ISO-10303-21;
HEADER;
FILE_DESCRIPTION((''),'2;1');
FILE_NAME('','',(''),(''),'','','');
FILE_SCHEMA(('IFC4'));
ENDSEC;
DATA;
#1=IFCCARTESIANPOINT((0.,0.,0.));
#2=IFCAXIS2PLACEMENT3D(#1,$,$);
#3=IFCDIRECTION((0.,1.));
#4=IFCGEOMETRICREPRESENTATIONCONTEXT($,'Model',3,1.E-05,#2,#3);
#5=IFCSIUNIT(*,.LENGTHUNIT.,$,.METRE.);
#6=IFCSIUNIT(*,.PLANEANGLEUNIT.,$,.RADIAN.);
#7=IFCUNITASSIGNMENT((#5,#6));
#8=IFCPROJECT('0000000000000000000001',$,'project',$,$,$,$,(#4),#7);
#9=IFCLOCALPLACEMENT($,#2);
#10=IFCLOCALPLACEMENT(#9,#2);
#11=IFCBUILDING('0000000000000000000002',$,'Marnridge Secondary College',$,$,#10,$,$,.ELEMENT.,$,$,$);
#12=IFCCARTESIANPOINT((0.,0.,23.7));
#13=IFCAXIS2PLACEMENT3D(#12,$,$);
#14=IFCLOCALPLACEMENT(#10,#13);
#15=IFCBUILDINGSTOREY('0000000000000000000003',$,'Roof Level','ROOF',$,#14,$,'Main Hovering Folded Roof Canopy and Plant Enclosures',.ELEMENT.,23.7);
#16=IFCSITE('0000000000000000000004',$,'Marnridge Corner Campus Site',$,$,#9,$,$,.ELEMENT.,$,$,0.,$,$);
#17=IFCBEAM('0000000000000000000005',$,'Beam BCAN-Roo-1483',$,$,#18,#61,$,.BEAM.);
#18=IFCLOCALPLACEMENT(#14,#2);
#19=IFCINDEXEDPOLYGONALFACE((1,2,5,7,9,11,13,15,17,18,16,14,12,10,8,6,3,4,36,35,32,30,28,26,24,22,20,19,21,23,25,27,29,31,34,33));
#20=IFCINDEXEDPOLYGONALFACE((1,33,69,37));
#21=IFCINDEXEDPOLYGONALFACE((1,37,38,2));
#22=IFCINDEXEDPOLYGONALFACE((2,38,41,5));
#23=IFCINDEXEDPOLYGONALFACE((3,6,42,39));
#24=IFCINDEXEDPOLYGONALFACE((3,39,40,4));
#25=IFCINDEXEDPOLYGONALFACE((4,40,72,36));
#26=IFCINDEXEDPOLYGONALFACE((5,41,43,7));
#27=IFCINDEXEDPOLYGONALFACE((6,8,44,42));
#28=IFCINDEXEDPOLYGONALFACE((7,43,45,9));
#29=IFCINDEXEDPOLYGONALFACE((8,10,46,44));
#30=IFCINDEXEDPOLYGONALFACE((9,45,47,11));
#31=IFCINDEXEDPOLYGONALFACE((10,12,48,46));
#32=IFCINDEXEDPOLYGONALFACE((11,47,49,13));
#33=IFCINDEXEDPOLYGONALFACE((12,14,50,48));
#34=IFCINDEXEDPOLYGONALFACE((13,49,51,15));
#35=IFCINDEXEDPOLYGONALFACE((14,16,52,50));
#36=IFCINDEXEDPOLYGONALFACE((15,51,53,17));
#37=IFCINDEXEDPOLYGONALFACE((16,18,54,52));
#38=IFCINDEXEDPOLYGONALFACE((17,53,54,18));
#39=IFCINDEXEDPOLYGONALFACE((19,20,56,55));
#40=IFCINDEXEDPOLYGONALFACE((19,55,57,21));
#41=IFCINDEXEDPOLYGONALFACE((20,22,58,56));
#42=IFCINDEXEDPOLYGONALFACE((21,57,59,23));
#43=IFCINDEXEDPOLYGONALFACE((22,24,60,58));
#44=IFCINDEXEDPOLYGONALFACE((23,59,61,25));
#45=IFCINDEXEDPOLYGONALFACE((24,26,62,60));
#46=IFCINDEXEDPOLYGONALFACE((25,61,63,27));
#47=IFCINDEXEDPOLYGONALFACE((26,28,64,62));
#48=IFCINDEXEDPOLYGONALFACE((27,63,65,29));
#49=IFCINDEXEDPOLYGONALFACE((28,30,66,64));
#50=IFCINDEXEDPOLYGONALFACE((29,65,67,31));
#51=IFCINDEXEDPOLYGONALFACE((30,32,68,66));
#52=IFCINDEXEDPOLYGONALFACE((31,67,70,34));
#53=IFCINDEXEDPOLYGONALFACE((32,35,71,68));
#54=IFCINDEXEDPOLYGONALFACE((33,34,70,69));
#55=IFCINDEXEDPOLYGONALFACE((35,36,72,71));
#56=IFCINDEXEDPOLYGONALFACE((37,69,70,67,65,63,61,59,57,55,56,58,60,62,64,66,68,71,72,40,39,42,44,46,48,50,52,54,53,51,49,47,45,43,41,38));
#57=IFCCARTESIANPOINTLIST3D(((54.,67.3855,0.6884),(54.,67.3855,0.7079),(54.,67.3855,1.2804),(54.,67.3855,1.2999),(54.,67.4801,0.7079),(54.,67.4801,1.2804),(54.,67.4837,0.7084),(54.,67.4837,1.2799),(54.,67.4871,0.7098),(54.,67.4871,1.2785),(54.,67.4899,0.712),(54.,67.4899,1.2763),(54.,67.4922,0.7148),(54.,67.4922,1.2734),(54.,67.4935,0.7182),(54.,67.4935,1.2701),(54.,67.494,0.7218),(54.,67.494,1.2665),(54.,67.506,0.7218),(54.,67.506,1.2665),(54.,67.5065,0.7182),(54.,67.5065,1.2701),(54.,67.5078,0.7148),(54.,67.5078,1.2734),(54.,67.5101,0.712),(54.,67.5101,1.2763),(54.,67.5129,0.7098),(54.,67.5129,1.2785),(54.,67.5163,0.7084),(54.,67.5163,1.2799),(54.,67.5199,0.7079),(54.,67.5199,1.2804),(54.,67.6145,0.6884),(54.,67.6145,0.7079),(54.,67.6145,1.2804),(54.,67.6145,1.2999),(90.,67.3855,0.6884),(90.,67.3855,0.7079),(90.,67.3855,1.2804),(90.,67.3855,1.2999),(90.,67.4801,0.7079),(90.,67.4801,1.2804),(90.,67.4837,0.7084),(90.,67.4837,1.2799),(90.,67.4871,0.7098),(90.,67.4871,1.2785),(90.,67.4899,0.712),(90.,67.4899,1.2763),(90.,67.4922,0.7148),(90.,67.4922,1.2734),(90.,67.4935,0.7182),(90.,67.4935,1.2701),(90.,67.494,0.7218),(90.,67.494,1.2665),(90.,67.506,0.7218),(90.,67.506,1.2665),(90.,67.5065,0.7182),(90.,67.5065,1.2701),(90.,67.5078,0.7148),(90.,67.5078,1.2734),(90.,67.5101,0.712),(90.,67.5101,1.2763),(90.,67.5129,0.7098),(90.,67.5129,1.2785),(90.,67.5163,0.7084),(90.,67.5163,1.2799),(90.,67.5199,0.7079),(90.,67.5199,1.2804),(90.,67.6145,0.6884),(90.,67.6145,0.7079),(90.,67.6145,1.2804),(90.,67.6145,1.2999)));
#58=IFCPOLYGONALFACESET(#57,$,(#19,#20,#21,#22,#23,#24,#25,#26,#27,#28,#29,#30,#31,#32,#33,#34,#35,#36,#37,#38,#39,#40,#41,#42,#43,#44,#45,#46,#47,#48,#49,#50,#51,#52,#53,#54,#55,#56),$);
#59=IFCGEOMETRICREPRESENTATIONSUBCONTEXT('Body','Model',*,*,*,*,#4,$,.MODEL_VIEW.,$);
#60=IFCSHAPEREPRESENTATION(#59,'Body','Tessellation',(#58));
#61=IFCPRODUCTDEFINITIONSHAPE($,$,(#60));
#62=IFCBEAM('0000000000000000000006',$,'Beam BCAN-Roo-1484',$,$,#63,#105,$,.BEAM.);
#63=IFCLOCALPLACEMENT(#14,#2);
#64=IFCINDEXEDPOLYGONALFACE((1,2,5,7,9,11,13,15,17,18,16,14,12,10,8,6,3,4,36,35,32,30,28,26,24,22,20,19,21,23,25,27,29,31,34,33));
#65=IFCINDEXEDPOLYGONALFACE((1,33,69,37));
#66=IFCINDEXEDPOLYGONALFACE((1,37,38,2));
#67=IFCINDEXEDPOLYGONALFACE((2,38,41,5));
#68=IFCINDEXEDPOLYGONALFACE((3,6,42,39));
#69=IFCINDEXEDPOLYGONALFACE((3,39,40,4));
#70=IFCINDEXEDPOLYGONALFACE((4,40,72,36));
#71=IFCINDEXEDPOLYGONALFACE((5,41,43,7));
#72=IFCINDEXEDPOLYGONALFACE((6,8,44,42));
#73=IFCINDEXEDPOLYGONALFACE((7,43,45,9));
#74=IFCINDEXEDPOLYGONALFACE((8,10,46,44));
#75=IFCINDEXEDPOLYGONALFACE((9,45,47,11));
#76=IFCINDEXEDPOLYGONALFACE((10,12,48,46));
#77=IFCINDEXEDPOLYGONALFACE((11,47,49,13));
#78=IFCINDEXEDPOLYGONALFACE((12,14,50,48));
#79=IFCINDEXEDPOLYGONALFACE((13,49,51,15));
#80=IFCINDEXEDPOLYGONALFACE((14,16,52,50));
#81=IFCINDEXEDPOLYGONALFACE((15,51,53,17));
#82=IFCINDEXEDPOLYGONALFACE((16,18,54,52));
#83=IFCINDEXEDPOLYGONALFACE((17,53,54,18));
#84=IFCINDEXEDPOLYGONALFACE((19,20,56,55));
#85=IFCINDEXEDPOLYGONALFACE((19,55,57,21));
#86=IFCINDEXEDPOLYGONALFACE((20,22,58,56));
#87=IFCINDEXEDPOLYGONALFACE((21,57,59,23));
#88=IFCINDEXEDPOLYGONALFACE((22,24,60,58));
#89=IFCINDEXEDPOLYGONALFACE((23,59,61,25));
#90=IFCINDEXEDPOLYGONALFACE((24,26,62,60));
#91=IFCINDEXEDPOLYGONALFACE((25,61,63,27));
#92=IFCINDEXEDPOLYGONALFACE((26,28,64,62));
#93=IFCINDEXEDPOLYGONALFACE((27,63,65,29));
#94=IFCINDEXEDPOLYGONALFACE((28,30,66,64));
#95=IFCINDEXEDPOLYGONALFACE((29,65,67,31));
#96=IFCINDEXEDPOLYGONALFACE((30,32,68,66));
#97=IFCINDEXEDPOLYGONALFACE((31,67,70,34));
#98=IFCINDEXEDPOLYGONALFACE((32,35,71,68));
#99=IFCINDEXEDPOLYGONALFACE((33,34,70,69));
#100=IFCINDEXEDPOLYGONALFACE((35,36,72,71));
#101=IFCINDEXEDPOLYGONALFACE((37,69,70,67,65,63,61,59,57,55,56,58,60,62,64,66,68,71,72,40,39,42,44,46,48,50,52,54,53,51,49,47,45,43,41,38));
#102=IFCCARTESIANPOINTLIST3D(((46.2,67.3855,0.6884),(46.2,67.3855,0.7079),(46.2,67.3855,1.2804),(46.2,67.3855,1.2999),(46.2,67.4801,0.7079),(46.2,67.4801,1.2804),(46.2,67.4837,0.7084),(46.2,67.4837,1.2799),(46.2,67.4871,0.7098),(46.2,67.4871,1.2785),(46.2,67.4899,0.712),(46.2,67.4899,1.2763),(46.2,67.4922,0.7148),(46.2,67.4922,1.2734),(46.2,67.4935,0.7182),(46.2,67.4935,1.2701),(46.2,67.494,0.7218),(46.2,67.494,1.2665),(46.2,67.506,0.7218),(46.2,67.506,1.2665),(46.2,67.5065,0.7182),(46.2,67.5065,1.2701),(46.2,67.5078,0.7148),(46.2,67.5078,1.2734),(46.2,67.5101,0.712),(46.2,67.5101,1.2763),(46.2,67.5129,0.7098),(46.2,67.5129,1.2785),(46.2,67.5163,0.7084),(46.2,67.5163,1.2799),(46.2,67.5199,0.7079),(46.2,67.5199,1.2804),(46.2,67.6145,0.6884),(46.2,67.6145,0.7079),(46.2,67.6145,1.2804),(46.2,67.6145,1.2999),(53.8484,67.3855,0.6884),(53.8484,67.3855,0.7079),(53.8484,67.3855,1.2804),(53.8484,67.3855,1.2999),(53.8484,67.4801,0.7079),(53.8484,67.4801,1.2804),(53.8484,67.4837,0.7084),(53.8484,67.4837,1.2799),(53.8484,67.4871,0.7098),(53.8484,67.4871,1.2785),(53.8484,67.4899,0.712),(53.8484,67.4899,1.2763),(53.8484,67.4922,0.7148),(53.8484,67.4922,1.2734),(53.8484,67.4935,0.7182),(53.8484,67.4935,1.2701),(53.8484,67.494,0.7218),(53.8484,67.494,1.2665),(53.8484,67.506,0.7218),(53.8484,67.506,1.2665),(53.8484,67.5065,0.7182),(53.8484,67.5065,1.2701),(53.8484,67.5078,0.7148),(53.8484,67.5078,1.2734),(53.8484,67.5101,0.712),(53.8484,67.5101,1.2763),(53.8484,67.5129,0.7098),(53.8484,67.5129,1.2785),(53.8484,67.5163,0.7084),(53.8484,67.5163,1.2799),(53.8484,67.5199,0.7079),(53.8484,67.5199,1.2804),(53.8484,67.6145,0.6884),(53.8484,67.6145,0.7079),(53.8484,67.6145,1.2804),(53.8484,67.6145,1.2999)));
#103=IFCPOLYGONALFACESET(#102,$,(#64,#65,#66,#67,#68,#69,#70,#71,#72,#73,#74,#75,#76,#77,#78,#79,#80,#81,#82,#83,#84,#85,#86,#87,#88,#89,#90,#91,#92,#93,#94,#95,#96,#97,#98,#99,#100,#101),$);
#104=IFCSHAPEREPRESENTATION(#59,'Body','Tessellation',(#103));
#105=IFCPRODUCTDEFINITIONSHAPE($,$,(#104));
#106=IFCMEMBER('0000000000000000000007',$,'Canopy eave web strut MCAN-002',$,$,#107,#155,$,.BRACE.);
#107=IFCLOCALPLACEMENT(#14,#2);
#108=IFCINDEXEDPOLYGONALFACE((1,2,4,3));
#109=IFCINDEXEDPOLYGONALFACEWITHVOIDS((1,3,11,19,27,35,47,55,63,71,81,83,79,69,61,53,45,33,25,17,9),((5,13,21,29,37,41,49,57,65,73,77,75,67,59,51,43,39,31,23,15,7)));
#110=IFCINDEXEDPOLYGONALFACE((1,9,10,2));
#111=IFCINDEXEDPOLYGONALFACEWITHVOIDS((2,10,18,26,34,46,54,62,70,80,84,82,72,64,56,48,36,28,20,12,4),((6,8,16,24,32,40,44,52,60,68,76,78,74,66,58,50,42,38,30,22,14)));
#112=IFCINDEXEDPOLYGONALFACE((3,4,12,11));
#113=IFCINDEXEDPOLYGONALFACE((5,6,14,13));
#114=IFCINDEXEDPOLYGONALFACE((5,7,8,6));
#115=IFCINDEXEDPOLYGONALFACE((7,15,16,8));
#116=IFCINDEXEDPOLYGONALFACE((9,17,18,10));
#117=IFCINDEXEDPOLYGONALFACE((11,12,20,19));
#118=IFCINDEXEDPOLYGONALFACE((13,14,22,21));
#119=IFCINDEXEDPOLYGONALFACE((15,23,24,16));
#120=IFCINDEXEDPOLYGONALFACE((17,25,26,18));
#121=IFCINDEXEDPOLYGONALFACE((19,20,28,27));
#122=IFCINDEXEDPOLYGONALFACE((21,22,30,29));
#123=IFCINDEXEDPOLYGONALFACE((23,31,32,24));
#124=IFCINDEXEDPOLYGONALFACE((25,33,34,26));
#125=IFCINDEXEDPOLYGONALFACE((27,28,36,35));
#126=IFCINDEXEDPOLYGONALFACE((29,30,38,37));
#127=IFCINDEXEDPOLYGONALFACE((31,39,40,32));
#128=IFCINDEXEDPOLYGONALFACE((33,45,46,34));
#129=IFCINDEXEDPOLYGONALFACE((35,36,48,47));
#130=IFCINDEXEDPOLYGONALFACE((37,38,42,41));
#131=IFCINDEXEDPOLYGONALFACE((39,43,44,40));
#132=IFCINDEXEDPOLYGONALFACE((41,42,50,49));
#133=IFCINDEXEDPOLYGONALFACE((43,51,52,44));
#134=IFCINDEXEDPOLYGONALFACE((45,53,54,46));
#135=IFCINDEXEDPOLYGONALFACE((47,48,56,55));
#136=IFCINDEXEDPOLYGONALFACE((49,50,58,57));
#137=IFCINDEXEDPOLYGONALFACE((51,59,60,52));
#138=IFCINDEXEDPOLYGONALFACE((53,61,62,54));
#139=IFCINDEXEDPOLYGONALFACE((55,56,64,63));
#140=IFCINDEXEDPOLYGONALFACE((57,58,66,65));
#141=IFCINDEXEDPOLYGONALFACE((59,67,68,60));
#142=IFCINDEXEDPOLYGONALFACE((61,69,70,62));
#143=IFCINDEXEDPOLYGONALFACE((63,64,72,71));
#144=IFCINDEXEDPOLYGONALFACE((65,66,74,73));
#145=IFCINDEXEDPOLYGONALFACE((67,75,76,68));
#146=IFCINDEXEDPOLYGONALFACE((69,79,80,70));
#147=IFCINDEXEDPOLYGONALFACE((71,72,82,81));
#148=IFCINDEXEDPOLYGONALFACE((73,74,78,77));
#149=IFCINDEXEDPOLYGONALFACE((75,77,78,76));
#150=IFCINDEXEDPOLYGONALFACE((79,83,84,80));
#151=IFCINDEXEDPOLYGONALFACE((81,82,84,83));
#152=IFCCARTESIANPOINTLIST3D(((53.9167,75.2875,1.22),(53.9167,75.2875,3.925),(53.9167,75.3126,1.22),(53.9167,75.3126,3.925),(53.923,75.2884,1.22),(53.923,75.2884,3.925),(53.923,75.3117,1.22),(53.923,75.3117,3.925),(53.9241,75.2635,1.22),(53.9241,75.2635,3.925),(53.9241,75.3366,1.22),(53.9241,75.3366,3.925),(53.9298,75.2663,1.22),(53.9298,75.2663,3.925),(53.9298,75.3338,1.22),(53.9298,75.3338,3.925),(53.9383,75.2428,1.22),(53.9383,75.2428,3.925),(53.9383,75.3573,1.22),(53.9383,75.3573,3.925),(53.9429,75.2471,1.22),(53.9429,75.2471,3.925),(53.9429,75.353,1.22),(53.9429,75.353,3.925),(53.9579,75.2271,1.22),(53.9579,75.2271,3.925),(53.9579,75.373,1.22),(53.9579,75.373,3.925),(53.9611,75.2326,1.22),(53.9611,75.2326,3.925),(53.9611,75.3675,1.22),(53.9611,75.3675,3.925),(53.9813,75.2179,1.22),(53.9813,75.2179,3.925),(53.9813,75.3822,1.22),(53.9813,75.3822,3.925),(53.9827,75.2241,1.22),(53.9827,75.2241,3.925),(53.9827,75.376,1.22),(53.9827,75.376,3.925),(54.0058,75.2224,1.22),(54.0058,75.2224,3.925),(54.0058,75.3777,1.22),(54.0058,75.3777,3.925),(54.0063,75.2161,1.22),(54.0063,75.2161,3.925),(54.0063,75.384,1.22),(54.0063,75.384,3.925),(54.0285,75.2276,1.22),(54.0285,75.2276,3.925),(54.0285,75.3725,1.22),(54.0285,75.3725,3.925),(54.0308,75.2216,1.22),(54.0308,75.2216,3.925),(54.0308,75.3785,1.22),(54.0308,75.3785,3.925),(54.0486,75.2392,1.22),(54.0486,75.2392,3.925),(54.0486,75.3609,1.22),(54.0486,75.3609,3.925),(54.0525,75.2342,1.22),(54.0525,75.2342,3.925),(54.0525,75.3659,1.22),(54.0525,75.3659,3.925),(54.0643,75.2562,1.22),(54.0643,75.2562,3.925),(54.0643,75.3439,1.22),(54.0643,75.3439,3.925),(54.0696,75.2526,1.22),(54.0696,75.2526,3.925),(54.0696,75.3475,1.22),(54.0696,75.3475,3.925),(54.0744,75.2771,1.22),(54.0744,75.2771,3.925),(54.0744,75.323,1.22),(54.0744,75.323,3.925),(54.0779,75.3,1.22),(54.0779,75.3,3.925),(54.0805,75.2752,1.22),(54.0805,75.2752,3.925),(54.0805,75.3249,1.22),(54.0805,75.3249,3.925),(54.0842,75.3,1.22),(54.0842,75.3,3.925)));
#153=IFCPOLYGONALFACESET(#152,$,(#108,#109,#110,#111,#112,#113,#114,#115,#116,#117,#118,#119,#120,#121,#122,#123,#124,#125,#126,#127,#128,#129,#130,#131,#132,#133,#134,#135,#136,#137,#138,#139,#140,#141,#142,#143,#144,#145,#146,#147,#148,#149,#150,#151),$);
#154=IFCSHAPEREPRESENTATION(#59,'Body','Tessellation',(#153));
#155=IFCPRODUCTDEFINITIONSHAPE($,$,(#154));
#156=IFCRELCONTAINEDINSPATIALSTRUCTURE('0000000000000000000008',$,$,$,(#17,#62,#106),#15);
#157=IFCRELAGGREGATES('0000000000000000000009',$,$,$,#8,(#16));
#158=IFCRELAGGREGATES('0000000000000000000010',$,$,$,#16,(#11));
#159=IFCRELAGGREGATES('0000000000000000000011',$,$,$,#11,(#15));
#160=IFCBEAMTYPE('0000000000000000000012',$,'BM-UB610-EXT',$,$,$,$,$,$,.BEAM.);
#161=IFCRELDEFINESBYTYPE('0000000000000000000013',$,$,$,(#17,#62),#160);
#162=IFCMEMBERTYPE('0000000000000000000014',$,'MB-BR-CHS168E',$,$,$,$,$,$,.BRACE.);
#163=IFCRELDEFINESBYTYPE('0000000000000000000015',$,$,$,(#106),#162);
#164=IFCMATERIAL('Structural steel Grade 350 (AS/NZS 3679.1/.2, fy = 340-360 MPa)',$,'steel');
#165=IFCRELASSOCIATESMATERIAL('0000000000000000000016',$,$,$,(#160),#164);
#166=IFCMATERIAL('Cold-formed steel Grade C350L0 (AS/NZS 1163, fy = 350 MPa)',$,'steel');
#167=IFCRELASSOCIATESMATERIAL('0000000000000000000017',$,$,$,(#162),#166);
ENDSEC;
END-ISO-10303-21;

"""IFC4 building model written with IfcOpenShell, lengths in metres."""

from ifc_helpers import new_model, si_unit, direction, frame, origin, origin_2d, place, context, subcontext, project, spatial, hollow_circle, i_section, extrude, material, material_profile, profile_set, type_object, element, save


model = new_model("IFC4")

# Units and contexts
model_context = context("Model", 3, precision=1e-05, world=origin(), true_north=direction((0.0, 1.0)))
body_context = subcontext(model_context, "Body", "Model", "MODEL_VIEW")
ifc_project = project(units=[si_unit("LENGTHUNIT", "METRE"), si_unit("PLANEANGLEUNIT", "RADIAN")], contexts=[model_context])

# Site, building, storey
site_placement = place(None, origin())
site = spatial("IfcSite", under=ifc_project, at=site_placement, Name="Marnridge Corner Campus Site", CompositionType="ELEMENT", RefElevation=0.0)
building_placement = place(site_placement, origin())
building = spatial("IfcBuilding", under=site, at=building_placement, Name="Marnridge Secondary College", CompositionType="ELEMENT")
storey_placement = place(building_placement, frame((0.0, 0.0, 23.7)))
storey = spatial("IfcBuildingStorey", under=building, at=storey_placement, Name="Roof Level", Description="ROOF", LongName="Main Hovering Folded Roof Canopy and Plant Enclosures", CompositionType="ELEMENT", Elevation=23.7)

# Beams
ifc_material_1 = material(Name="Structural steel Grade 350 (AS/NZS 3679.1/.2, fy = 340-360 MPa)", Category="steel")
ifc_material_profile_1 = material_profile(ifc_material_1, i_section(OverallWidth=0.229, OverallDepth=0.6116, WebThickness=0.012, FlangeThickness=0.0195, FilletRadius=0.0139, at=origin_2d()), Name="610UB125")
ifc_profile_set_1 = profile_set([ifc_material_profile_1], Name="Structural steel Grade 350 (AS/NZS 3679.1/.2, fy = 340-360 MPa)")
beam_type_1 = type_object("IfcBeamType", Name="BM-UB610-EXT", PredefinedType="BEAM", material=ifc_profile_set_1)
beam_1_placement = place(storey_placement, frame((54.0, 67.5, 0.9941), z_axis=(1.0, 0.0, 0.0), x_axis=(0.0, 1.0, 0.0)))
element("IfcBeam", 1, at=beam_1_placement, inside=storey, type_object=beam_type_1, Name="Beam BCAN-Roo-1483", PredefinedType="BEAM", context=body_context, shape_type="SweptSolid", body=[
    extrude(i_section(OverallWidth=0.229, OverallDepth=0.6116, WebThickness=0.012, FlangeThickness=0.0195, FilletRadius=0.0139, at=origin_2d()), origin(), (0.0, 0.0, 1.0), 36.0),
])
beam_2_placement = place(storey_placement, frame((53.8484, 67.5, 0.9941), z_axis=(-1.0, 0.0, 0.0), x_axis=(0.0, -1.0, 0.0)))
element("IfcBeam", 2, at=beam_2_placement, inside=storey, type_object=beam_type_1, Name="Beam BCAN-Roo-1484", PredefinedType="BEAM", context=body_context, shape_type="SweptSolid", body=[
    extrude(i_section(OverallWidth=0.229, OverallDepth=0.6116, WebThickness=0.012, FlangeThickness=0.0195, FilletRadius=0.0139, at=origin_2d()), origin(), (0.0, 0.0, 1.0), 7.6484),
])

# Member
ifc_material_2 = material(Name="Cold-formed steel Grade C350L0 (AS/NZS 1163, fy = 350 MPa)", Category="steel")
ifc_material_profile_2 = material_profile(ifc_material_2, hollow_circle(Radius=0.0842, WallThickness=0.0063, at=origin_2d()), Name="168.3x6.4CHS")
ifc_profile_set_2 = profile_set([ifc_material_profile_2], Name="Cold-formed steel Grade C350L0 (AS/NZS 1163, fy = 350 MPa)")
member_type_1 = type_object("IfcMemberType", Name="MB-BR-CHS168E", PredefinedType="BRACE", material=ifc_profile_set_2)
for number, where, z_axis, x_axis, name in (
    (3, (54.0, 75.3, 1.22), (0.0, 0.0, 1.0), (1.0, 0.0, 0.0), "Canopy eave web strut MCAN-002"),
):
    element("IfcMember", number, at=place(storey_placement, frame(where, z_axis=z_axis, x_axis=x_axis)), inside=storey, type_object=member_type_1, Name=name, PredefinedType="BRACE", context=body_context, shape_type="SweptSolid", body=[
        extrude(hollow_circle(Radius=0.0842, WallThickness=0.0063, at=origin_2d()), origin(), (0.0, 0.0, 1.0), 2.7051),
    ])

save(model, "model.ifc")
